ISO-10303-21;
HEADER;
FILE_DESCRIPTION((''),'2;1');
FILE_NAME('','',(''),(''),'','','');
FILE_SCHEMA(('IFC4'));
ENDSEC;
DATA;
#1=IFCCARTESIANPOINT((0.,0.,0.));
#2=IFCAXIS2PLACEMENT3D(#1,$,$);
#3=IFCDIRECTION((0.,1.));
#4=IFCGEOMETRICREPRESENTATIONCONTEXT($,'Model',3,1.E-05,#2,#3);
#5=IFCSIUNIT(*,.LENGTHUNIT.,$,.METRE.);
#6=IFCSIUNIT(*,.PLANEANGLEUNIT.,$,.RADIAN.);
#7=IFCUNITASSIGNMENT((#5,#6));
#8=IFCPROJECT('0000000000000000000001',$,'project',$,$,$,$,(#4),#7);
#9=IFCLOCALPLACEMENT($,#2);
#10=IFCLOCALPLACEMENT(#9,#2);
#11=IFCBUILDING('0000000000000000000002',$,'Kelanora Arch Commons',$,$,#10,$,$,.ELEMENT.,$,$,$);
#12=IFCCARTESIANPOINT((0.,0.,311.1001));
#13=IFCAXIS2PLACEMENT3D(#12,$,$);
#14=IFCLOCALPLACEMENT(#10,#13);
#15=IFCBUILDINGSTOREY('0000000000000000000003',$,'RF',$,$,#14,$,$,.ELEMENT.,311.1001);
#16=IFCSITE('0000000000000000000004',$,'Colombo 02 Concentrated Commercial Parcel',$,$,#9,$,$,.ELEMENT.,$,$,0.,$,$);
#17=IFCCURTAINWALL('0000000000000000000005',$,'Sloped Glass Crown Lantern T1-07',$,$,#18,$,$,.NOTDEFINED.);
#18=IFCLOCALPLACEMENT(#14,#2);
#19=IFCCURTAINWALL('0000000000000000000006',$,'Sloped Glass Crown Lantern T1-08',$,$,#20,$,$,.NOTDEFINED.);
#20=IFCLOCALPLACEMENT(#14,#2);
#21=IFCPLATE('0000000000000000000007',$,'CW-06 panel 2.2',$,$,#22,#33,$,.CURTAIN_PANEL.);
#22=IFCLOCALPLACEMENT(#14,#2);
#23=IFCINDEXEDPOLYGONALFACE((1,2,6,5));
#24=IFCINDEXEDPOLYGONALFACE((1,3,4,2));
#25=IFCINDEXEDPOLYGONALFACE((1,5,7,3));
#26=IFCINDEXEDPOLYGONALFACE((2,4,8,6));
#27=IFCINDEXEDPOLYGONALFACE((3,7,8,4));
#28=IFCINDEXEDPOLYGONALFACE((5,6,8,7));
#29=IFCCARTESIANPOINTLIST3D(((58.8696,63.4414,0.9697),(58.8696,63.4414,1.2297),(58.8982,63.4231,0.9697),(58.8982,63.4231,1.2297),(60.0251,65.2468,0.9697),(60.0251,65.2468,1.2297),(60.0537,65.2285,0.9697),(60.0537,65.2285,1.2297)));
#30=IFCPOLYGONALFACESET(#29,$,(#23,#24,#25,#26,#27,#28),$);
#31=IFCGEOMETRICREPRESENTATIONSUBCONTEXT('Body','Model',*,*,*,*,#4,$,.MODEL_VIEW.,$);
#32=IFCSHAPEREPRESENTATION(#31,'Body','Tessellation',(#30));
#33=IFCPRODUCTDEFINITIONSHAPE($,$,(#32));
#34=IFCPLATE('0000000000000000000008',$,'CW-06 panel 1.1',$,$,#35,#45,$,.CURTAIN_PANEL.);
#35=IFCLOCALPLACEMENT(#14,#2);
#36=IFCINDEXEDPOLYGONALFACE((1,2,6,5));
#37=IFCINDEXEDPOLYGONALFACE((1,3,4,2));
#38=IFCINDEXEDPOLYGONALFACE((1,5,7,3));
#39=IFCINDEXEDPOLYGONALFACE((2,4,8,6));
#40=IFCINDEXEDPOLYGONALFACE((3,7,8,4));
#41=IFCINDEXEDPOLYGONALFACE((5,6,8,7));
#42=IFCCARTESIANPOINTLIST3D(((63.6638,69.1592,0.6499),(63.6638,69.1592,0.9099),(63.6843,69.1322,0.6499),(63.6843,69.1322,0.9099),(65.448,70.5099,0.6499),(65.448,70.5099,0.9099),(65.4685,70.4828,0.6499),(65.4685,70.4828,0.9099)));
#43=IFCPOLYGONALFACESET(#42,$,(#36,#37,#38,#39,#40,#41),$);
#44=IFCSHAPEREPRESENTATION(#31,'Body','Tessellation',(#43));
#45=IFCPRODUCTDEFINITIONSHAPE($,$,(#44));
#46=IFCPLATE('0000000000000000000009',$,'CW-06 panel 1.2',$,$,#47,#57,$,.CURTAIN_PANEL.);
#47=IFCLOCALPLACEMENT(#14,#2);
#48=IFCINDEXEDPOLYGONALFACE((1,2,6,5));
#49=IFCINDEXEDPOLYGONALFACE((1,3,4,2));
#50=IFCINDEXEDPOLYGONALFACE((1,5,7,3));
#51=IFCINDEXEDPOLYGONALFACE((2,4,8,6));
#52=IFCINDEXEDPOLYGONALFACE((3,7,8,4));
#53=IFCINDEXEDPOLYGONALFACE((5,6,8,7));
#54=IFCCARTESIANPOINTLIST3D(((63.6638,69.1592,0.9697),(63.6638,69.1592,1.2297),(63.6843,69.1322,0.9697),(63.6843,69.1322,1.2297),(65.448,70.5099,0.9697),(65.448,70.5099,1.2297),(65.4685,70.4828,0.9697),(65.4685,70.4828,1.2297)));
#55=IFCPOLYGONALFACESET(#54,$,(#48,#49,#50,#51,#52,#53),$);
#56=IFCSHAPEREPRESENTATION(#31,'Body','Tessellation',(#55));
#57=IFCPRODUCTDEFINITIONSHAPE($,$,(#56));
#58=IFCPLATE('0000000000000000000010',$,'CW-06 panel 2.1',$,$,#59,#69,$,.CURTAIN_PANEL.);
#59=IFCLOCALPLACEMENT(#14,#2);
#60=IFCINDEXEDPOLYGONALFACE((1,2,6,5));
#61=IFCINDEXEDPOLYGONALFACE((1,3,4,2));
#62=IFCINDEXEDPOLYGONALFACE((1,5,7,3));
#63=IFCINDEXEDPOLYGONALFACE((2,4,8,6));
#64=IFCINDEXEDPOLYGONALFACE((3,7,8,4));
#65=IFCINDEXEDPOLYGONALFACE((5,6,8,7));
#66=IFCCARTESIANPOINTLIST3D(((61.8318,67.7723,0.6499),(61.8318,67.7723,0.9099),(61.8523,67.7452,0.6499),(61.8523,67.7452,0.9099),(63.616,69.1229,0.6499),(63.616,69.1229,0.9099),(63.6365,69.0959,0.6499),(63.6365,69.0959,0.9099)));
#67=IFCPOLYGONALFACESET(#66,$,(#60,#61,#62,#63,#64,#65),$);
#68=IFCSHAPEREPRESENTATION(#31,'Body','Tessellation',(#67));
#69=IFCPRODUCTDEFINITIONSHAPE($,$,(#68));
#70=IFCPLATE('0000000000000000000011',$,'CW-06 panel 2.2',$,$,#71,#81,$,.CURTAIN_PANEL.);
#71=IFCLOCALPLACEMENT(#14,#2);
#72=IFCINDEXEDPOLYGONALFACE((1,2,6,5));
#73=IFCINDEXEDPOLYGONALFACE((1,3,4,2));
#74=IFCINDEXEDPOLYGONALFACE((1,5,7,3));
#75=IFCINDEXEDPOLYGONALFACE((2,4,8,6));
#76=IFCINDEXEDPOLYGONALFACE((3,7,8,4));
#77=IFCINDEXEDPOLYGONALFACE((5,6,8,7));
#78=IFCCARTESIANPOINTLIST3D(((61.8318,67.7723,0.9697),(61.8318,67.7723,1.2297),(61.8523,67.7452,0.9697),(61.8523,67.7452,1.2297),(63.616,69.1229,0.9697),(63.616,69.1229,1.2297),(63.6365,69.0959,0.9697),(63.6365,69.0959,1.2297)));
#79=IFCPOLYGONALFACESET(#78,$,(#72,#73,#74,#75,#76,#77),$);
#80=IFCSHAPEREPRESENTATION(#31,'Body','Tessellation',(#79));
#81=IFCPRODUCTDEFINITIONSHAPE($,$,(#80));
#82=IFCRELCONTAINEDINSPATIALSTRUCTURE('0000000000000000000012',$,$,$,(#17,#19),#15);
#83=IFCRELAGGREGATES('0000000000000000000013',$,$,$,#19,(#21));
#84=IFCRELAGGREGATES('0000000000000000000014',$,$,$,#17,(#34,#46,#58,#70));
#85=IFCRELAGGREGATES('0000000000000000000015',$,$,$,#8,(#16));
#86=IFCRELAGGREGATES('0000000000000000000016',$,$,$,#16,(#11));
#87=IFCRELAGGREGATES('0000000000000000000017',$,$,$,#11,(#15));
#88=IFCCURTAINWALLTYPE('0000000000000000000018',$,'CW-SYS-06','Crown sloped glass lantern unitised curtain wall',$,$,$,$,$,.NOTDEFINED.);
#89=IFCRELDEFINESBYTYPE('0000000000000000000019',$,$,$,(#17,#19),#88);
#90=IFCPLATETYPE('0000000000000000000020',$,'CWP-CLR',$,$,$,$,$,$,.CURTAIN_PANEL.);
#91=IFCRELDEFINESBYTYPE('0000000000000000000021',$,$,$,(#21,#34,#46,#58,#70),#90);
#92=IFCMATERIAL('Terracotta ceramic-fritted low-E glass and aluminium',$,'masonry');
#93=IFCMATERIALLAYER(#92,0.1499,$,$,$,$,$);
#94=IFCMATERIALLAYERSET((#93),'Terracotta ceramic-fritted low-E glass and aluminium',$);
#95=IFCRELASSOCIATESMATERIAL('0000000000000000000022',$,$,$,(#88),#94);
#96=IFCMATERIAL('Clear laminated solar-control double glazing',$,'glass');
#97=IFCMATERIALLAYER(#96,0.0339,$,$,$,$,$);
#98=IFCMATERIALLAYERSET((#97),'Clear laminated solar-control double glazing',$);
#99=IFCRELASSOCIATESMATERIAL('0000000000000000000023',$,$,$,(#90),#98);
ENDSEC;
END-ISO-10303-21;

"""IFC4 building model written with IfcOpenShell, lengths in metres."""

from ifc_helpers import new_model, si_unit, direction, frame, origin, origin_2d, place, context, subcontext, project, spatial, rectangle, extrude, source, transform, mapped, material, layer, layer_set, type_object, element, aggregate, save


model = new_model("IFC4")

# Units and contexts
model_context = context("Model", 3, precision=1e-05, world=origin(), true_north=direction((0.0, 1.0)))
body_context = subcontext(model_context, "Body", "Model", "MODEL_VIEW")
ifc_project = project(units=[si_unit("LENGTHUNIT", "METRE"), si_unit("PLANEANGLEUNIT", "RADIAN")], contexts=[model_context])

# Site, building, storey
site_placement = place(None, origin())
site = spatial("IfcSite", under=ifc_project, at=site_placement, Name="Colombo 02 Concentrated Commercial Parcel", CompositionType="ELEMENT", RefElevation=0.0)
building_placement = place(site_placement, origin())
building = spatial("IfcBuilding", under=site, at=building_placement, Name="Kelanora Arch Commons", CompositionType="ELEMENT")
storey_placement = place(building_placement, frame((0.0, 0.0, 311.1001)))
storey = spatial("IfcBuildingStorey", under=building, at=storey_placement, Name="RF", CompositionType="ELEMENT", Elevation=311.1001)

# Curtain walls
ifc_material_1 = material(Name="Terracotta ceramic-fritted low-E glass and aluminium", Category="masonry")
ifc_layer_1 = layer(ifc_material_1, 0.1499)
ifc_layer_set_1 = layer_set([ifc_layer_1], Name="Terracotta ceramic-fritted low-E glass and aluminium")
curtain_wall_type = type_object("IfcCurtainWallType", Name="CW-SYS-06", Description="Crown sloped glass lantern unitised curtain wall", PredefinedType="NOTDEFINED", material=ifc_layer_set_1)
curtain_wall_1_placement = place(storey_placement, origin())
curtain_wall_1 = element("IfcCurtainWall", 1, at=curtain_wall_1_placement, inside=storey, type_object=curtain_wall_type, Name="Sloped Glass Crown Lantern T1-07", PredefinedType="NOTDEFINED")
curtain_wall_2_placement = place(storey_placement, origin())
curtain_wall_2 = element("IfcCurtainWall", 2, at=curtain_wall_2_placement, inside=storey, type_object=curtain_wall_type, Name="Sloped Glass Crown Lantern T1-08", PredefinedType="NOTDEFINED")

# Plates
ifc_material_2 = material(Name="Clear laminated solar-control double glazing", Category="glass")
ifc_layer_2 = layer(ifc_material_2, 0.0339)
ifc_layer_set_2 = layer_set([ifc_layer_2], Name="Clear laminated solar-control double glazing")
plate_type = type_object("IfcPlateType", Name="CWP-CLR", PredefinedType="CURTAIN_PANEL", material=ifc_layer_set_2)
shared_shape_1 = source(origin(), body_context, "Body", "SweptSolid", [
    extrude(rectangle(XDim=2.1436, YDim=0.0339, at=origin_2d()), origin(), (0.0, 0.0, 1.0), 0.26),
])
plate_1_placement = place(storey_placement, frame((59.4617, 64.335, 0.9697), z_axis=(0.0, 0.0, 1.0), x_axis=(-0.539054, -0.842271, 0.0)))
plate_1 = element("IfcPlate", 3, at=plate_1_placement, type_object=plate_type, Name="CW-06 panel 2.2", PredefinedType="CURTAIN_PANEL", context=body_context, shape_type="MappedRepresentation", body=[
    mapped(shared_shape_1, transform((0.0, 0.0, 0.0), scale=1.0)),
])
aggregate(curtain_wall_2, [plate_1])
shared_shape_2 = source(origin(), body_context, "Body", "SweptSolid", [
    extrude(rectangle(XDim=2.2378, YDim=0.0339, at=origin_2d()), origin(), (0.0, 0.0, 1.0), 0.26),
])
plate_2_placement = place(storey_placement, frame((64.5662, 69.821, 0.6499), z_axis=(0.0, 0.0, 1.0), x_axis=(-0.797311, -0.603568, 0.0)))
plate_2 = element("IfcPlate", 4, at=plate_2_placement, type_object=plate_type, Name="CW-06 panel 1.1", PredefinedType="CURTAIN_PANEL", context=body_context, shape_type="MappedRepresentation", body=[
    mapped(shared_shape_2, transform((0.0, 0.0, 0.0), scale=1.0)),
])
plate_3_placement = place(storey_placement, frame((64.5662, 69.821, 0.9697), z_axis=(0.0, 0.0, 1.0), x_axis=(-0.797311, -0.603568, 0.0)))
plate_3 = element("IfcPlate", 5, at=plate_3_placement, type_object=plate_type, Name="CW-06 panel 1.2", PredefinedType="CURTAIN_PANEL", context=body_context, shape_type="MappedRepresentation", body=[
    mapped(shared_shape_2, transform((0.0, 0.0, 0.0), scale=1.0)),
])
plate_4_placement = place(storey_placement, frame((62.7341, 68.4341, 0.6499), z_axis=(0.0, 0.0, 1.0), x_axis=(-0.797311, -0.603568, 0.0)))
plate_4 = element("IfcPlate", 6, at=plate_4_placement, type_object=plate_type, Name="CW-06 panel 2.1", PredefinedType="CURTAIN_PANEL", context=body_context, shape_type="MappedRepresentation", body=[
    mapped(shared_shape_2, transform((0.0, 0.0, 0.0), scale=1.0)),
])
plate_5_placement = place(storey_placement, frame((62.7341, 68.4341, 0.9697), z_axis=(0.0, 0.0, 1.0), x_axis=(-0.797311, -0.603568, 0.0)))
plate_5 = element("IfcPlate", 7, at=plate_5_placement, type_object=plate_type, Name="CW-06 panel 2.2", PredefinedType="CURTAIN_PANEL", context=body_context, shape_type="MappedRepresentation", body=[
    mapped(shared_shape_2, transform((0.0, 0.0, 0.0), scale=1.0)),
])
aggregate(curtain_wall_1, [plate_2, plate_3, plate_4, plate_5])

save(model, "model.ifc")
